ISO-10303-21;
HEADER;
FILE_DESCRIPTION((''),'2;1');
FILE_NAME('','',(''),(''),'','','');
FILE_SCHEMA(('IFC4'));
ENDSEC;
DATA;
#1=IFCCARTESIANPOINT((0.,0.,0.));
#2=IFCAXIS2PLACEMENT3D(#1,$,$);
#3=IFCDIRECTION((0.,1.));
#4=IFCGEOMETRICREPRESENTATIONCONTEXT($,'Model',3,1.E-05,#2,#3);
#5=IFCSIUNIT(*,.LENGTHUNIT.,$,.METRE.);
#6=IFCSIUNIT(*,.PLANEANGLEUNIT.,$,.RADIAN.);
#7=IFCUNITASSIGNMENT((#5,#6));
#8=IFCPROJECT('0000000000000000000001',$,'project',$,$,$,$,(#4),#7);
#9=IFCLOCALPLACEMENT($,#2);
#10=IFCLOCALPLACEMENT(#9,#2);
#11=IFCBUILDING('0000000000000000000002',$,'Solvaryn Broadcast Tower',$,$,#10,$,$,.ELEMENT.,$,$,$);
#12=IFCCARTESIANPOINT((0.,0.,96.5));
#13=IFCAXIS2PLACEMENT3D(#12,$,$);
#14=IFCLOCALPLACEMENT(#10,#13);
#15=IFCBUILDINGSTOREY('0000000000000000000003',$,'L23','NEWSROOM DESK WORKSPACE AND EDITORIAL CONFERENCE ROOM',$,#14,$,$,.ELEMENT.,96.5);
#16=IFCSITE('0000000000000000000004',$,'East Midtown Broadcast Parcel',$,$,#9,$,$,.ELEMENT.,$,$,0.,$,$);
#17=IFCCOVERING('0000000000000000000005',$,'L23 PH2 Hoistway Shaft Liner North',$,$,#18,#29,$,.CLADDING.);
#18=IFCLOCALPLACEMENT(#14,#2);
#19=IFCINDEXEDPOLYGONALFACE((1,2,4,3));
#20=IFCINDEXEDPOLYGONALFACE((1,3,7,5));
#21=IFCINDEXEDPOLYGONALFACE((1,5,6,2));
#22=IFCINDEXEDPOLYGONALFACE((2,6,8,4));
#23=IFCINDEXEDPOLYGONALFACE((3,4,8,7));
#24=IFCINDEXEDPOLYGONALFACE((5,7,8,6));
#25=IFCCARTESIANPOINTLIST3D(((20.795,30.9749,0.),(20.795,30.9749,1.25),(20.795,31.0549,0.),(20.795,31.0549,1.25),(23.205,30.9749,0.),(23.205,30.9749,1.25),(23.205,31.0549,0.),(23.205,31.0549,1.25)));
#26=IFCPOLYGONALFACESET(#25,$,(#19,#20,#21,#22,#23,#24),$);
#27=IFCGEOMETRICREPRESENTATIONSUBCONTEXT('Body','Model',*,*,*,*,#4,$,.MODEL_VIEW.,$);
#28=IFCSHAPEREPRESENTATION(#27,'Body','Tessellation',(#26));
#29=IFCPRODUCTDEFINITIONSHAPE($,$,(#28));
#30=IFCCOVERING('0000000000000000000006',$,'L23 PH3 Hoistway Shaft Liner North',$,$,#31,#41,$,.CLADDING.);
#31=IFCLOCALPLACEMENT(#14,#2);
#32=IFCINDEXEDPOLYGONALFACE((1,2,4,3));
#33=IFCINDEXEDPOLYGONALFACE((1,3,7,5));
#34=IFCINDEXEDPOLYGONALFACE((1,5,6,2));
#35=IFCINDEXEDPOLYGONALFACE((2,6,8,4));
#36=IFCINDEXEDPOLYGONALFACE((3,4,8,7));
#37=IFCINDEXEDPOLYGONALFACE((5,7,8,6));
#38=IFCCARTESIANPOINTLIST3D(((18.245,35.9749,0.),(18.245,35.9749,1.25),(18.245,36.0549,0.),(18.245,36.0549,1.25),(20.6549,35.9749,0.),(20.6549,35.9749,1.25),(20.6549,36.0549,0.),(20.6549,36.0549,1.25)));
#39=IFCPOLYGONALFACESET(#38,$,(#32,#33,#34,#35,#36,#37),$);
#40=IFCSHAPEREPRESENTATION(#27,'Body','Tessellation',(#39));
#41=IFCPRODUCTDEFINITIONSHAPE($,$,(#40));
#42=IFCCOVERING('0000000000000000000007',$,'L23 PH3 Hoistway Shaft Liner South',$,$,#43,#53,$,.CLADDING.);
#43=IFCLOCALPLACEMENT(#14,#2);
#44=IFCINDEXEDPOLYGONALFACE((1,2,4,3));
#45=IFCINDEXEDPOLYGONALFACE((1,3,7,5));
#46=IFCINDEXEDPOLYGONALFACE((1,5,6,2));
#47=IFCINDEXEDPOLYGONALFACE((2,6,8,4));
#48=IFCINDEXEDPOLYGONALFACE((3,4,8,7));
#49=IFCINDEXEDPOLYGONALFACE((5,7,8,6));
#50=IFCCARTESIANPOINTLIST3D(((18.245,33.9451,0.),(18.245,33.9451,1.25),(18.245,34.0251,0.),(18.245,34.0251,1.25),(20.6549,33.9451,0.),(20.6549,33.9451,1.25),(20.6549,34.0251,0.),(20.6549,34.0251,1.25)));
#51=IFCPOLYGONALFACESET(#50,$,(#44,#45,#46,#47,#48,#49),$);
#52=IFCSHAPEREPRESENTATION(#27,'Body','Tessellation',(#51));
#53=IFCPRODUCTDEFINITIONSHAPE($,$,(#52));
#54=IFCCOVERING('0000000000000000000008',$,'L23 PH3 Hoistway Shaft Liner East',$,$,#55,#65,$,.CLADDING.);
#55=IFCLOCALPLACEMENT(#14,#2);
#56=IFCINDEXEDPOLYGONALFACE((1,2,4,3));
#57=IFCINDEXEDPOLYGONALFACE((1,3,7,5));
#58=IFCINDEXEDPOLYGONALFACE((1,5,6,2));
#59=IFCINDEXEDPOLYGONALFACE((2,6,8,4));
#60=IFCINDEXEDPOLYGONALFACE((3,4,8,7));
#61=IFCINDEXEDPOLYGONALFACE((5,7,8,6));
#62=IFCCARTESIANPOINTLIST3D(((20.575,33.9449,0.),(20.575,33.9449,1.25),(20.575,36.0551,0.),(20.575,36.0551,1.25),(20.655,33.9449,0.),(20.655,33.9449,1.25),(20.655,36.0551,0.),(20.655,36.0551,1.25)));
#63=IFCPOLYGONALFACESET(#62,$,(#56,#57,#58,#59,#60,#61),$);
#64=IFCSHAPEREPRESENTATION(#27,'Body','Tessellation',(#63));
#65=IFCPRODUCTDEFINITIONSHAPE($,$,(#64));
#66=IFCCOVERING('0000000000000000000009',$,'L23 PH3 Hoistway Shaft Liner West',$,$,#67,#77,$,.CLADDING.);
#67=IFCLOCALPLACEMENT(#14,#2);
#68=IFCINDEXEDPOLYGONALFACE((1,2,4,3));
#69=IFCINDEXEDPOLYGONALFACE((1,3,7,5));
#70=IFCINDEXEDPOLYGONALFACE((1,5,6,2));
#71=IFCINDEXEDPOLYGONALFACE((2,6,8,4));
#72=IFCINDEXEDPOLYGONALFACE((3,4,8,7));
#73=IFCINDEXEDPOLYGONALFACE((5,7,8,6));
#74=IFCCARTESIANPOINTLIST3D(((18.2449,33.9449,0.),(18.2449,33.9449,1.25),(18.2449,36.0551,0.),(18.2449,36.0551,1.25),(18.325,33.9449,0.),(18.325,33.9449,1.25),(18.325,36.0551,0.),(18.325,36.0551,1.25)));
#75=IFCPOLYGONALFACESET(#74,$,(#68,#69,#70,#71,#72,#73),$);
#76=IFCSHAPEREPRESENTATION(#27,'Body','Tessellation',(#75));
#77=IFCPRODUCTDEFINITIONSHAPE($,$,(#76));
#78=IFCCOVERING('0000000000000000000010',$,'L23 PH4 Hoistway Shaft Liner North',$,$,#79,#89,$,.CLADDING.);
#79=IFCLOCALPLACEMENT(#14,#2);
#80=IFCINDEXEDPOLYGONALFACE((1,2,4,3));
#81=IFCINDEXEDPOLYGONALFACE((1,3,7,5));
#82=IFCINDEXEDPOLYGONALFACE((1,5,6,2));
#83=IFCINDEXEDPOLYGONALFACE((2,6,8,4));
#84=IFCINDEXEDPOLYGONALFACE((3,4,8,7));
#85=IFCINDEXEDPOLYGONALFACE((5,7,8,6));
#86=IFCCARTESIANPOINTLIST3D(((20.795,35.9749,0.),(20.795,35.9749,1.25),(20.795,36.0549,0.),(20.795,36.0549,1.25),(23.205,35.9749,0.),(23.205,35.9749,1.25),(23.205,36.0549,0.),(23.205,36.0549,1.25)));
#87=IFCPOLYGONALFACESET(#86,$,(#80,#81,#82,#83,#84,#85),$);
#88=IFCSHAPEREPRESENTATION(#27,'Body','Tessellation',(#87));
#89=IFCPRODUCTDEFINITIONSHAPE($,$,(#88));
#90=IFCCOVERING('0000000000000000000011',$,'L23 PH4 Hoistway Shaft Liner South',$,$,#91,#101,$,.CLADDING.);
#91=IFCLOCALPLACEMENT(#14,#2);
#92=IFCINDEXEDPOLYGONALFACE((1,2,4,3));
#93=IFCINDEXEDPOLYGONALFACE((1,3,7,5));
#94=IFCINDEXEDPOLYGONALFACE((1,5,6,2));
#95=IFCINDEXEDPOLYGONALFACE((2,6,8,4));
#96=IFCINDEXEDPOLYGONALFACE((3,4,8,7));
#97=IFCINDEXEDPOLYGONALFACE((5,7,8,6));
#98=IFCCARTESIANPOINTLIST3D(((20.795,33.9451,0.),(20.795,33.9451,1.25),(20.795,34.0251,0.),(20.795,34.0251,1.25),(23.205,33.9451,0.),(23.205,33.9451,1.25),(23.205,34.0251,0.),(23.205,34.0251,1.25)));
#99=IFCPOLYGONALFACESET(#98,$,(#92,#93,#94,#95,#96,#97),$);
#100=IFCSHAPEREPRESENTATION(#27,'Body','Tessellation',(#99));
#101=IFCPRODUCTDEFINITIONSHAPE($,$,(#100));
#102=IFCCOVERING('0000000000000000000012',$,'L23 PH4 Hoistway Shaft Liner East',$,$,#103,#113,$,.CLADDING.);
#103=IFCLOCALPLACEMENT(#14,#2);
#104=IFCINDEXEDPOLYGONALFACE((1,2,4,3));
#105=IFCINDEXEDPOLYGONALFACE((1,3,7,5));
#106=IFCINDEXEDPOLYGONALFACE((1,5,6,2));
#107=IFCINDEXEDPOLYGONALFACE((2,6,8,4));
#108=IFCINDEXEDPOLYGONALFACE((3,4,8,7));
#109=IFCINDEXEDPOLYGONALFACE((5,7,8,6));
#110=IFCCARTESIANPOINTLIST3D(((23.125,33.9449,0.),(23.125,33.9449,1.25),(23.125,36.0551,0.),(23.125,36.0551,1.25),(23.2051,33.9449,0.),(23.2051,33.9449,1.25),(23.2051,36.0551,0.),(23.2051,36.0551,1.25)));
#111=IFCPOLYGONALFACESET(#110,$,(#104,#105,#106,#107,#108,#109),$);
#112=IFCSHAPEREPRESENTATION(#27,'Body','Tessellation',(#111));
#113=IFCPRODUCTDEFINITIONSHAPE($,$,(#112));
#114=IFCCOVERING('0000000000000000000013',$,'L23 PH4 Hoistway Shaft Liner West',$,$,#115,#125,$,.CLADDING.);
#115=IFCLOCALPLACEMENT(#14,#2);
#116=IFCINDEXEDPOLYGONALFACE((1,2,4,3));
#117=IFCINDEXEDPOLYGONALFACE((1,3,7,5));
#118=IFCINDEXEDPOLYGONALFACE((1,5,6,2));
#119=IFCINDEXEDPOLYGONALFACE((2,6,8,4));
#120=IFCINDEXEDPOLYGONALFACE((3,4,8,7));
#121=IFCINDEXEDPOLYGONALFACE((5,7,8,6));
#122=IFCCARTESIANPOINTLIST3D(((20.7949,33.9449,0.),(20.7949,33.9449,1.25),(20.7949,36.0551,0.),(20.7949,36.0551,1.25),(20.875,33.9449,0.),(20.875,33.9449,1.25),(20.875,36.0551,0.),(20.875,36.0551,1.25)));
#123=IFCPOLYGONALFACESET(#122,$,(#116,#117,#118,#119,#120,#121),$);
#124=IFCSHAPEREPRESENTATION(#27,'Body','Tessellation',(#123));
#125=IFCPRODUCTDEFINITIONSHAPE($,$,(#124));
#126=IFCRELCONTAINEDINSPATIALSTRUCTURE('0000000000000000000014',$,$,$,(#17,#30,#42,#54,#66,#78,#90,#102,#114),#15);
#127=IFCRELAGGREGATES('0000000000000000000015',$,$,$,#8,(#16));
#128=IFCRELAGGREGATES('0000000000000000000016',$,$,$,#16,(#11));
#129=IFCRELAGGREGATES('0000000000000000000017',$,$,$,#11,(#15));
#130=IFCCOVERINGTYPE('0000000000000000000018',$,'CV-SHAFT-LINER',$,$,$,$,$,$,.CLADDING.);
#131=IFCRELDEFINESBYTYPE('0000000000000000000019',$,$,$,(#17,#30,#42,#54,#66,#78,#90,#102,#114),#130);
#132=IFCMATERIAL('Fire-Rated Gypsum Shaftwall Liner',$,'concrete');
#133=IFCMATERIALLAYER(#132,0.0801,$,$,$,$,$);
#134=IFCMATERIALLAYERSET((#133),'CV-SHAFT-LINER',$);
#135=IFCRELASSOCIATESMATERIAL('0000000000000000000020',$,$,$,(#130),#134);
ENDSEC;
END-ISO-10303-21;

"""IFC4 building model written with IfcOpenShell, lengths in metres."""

from ifc_helpers import new_model, si_unit, direction, frame, origin, origin_2d, place, context, subcontext, project, spatial, rectangle, extrude, material, layer, layer_set, type_object, element, save


model = new_model("IFC4")

# Units and contexts
model_context = context("Model", 3, precision=1e-05, world=origin(), true_north=direction((0.0, 1.0)))
body_context = subcontext(model_context, "Body", "Model", "MODEL_VIEW")
ifc_project = project(units=[si_unit("LENGTHUNIT", "METRE"), si_unit("PLANEANGLEUNIT", "RADIAN")], contexts=[model_context])

# Site, building, storey
site_placement = place(None, origin())
site = spatial("IfcSite", under=ifc_project, at=site_placement, Name="East Midtown Broadcast Parcel", CompositionType="ELEMENT", RefElevation=0.0)
building_placement = place(site_placement, origin())
building = spatial("IfcBuilding", under=site, at=building_placement, Name="Solvaryn Broadcast Tower", CompositionType="ELEMENT")
storey_placement = place(building_placement, frame((0.0, 0.0, 96.5)))
storey = spatial("IfcBuildingStorey", under=building, at=storey_placement, Name="L23", Description="NEWSROOM DESK WORKSPACE AND EDITORIAL CONFERENCE ROOM", CompositionType="ELEMENT", Elevation=96.5)

# Coverings
ifc_material_1 = material(Name="Fire-Rated Gypsum Shaftwall Liner", Category="concrete")
ifc_layer_1 = layer(ifc_material_1, 0.0801)
ifc_layer_set_1 = layer_set([ifc_layer_1], Name="CV-SHAFT-LINER")
covering_type = type_object("IfcCoveringType", Name="CV-SHAFT-LINER", PredefinedType="CLADDING", material=ifc_layer_set_1)
for number, where, z_axis, x_axis, name in (
    (1, (22.0, 31.0149, 0.0), (0.0, 0.0, 1.0), (1.0, 0.0, 0.0), "L23 PH2 Hoistway Shaft Liner North"),
    (2, (19.45, 36.0149, 0.0), (0.0, 0.0, 1.0), (1.0, 0.0, 0.0), "L23 PH3 Hoistway Shaft Liner North"),
    (3, (19.45, 33.9851, 0.0), (0.0, 0.0, 1.0), (1.0, 0.0, 0.0), "L23 PH3 Hoistway Shaft Liner South"),
):
    element("IfcCovering", number, at=place(storey_placement, frame(where, z_axis=z_axis, x_axis=x_axis)), inside=storey, type_object=covering_type, Name=name, PredefinedType="CLADDING", context=body_context, shape_type="SweptSolid", body=[
        extrude(rectangle(XDim=2.4099, YDim=0.0801, at=origin_2d()), origin(), (0.0, 0.0, 1.0), 1.25),
    ])
for number, where, z_axis, x_axis, name in (
    (4, (20.615, 35.0, 0.0), (0.0, 0.0, 1.0), (1.0, 0.0, 0.0), "L23 PH3 Hoistway Shaft Liner East"),
    (5, (18.2849, 35.0, 0.0), (0.0, 0.0, 1.0), (1.0, 0.0, 0.0), "L23 PH3 Hoistway Shaft Liner West"),
):
    element("IfcCovering", number, at=place(storey_placement, frame(where, z_axis=z_axis, x_axis=x_axis)), inside=storey, type_object=covering_type, Name=name, PredefinedType="CLADDING", context=body_context, shape_type="SweptSolid", body=[
        extrude(rectangle(XDim=0.0801, YDim=2.1101, at=origin_2d()), origin(), (0.0, 0.0, 1.0), 1.25),
    ])
for number, where, z_axis, x_axis, name in (
    (6, (22.0, 36.0149, 0.0), (0.0, 0.0, 1.0), (1.0, 0.0, 0.0), "L23 PH4 Hoistway Shaft Liner North"),
    (7, (22.0, 33.9851, 0.0), (0.0, 0.0, 1.0), (1.0, 0.0, 0.0), "L23 PH4 Hoistway Shaft Liner South"),
):
    element("IfcCovering", number, at=place(storey_placement, frame(where, z_axis=z_axis, x_axis=x_axis)), inside=storey, type_object=covering_type, Name=name, PredefinedType="CLADDING", context=body_context, shape_type="SweptSolid", body=[
        extrude(rectangle(XDim=2.4099, YDim=0.0801, at=origin_2d()), origin(), (0.0, 0.0, 1.0), 1.25),
    ])
for number, where, z_axis, x_axis, name in (
    (8, (23.165, 35.0, 0.0), (0.0, 0.0, 1.0), (1.0, 0.0, 0.0), "L23 PH4 Hoistway Shaft Liner East"),
    (9, (20.835, 35.0, 0.0), (0.0, 0.0, 1.0), (1.0, 0.0, 0.0), "L23 PH4 Hoistway Shaft Liner West"),
):
    element("IfcCovering", number, at=place(storey_placement, frame(where, z_axis=z_axis, x_axis=x_axis)), inside=storey, type_object=covering_type, Name=name, PredefinedType="CLADDING", context=body_context, shape_type="SweptSolid", body=[
        extrude(rectangle(XDim=0.0801, YDim=2.1101, at=origin_2d()), origin(), (0.0, 0.0, 1.0), 1.25),
    ])

save(model, "model.ifc")
